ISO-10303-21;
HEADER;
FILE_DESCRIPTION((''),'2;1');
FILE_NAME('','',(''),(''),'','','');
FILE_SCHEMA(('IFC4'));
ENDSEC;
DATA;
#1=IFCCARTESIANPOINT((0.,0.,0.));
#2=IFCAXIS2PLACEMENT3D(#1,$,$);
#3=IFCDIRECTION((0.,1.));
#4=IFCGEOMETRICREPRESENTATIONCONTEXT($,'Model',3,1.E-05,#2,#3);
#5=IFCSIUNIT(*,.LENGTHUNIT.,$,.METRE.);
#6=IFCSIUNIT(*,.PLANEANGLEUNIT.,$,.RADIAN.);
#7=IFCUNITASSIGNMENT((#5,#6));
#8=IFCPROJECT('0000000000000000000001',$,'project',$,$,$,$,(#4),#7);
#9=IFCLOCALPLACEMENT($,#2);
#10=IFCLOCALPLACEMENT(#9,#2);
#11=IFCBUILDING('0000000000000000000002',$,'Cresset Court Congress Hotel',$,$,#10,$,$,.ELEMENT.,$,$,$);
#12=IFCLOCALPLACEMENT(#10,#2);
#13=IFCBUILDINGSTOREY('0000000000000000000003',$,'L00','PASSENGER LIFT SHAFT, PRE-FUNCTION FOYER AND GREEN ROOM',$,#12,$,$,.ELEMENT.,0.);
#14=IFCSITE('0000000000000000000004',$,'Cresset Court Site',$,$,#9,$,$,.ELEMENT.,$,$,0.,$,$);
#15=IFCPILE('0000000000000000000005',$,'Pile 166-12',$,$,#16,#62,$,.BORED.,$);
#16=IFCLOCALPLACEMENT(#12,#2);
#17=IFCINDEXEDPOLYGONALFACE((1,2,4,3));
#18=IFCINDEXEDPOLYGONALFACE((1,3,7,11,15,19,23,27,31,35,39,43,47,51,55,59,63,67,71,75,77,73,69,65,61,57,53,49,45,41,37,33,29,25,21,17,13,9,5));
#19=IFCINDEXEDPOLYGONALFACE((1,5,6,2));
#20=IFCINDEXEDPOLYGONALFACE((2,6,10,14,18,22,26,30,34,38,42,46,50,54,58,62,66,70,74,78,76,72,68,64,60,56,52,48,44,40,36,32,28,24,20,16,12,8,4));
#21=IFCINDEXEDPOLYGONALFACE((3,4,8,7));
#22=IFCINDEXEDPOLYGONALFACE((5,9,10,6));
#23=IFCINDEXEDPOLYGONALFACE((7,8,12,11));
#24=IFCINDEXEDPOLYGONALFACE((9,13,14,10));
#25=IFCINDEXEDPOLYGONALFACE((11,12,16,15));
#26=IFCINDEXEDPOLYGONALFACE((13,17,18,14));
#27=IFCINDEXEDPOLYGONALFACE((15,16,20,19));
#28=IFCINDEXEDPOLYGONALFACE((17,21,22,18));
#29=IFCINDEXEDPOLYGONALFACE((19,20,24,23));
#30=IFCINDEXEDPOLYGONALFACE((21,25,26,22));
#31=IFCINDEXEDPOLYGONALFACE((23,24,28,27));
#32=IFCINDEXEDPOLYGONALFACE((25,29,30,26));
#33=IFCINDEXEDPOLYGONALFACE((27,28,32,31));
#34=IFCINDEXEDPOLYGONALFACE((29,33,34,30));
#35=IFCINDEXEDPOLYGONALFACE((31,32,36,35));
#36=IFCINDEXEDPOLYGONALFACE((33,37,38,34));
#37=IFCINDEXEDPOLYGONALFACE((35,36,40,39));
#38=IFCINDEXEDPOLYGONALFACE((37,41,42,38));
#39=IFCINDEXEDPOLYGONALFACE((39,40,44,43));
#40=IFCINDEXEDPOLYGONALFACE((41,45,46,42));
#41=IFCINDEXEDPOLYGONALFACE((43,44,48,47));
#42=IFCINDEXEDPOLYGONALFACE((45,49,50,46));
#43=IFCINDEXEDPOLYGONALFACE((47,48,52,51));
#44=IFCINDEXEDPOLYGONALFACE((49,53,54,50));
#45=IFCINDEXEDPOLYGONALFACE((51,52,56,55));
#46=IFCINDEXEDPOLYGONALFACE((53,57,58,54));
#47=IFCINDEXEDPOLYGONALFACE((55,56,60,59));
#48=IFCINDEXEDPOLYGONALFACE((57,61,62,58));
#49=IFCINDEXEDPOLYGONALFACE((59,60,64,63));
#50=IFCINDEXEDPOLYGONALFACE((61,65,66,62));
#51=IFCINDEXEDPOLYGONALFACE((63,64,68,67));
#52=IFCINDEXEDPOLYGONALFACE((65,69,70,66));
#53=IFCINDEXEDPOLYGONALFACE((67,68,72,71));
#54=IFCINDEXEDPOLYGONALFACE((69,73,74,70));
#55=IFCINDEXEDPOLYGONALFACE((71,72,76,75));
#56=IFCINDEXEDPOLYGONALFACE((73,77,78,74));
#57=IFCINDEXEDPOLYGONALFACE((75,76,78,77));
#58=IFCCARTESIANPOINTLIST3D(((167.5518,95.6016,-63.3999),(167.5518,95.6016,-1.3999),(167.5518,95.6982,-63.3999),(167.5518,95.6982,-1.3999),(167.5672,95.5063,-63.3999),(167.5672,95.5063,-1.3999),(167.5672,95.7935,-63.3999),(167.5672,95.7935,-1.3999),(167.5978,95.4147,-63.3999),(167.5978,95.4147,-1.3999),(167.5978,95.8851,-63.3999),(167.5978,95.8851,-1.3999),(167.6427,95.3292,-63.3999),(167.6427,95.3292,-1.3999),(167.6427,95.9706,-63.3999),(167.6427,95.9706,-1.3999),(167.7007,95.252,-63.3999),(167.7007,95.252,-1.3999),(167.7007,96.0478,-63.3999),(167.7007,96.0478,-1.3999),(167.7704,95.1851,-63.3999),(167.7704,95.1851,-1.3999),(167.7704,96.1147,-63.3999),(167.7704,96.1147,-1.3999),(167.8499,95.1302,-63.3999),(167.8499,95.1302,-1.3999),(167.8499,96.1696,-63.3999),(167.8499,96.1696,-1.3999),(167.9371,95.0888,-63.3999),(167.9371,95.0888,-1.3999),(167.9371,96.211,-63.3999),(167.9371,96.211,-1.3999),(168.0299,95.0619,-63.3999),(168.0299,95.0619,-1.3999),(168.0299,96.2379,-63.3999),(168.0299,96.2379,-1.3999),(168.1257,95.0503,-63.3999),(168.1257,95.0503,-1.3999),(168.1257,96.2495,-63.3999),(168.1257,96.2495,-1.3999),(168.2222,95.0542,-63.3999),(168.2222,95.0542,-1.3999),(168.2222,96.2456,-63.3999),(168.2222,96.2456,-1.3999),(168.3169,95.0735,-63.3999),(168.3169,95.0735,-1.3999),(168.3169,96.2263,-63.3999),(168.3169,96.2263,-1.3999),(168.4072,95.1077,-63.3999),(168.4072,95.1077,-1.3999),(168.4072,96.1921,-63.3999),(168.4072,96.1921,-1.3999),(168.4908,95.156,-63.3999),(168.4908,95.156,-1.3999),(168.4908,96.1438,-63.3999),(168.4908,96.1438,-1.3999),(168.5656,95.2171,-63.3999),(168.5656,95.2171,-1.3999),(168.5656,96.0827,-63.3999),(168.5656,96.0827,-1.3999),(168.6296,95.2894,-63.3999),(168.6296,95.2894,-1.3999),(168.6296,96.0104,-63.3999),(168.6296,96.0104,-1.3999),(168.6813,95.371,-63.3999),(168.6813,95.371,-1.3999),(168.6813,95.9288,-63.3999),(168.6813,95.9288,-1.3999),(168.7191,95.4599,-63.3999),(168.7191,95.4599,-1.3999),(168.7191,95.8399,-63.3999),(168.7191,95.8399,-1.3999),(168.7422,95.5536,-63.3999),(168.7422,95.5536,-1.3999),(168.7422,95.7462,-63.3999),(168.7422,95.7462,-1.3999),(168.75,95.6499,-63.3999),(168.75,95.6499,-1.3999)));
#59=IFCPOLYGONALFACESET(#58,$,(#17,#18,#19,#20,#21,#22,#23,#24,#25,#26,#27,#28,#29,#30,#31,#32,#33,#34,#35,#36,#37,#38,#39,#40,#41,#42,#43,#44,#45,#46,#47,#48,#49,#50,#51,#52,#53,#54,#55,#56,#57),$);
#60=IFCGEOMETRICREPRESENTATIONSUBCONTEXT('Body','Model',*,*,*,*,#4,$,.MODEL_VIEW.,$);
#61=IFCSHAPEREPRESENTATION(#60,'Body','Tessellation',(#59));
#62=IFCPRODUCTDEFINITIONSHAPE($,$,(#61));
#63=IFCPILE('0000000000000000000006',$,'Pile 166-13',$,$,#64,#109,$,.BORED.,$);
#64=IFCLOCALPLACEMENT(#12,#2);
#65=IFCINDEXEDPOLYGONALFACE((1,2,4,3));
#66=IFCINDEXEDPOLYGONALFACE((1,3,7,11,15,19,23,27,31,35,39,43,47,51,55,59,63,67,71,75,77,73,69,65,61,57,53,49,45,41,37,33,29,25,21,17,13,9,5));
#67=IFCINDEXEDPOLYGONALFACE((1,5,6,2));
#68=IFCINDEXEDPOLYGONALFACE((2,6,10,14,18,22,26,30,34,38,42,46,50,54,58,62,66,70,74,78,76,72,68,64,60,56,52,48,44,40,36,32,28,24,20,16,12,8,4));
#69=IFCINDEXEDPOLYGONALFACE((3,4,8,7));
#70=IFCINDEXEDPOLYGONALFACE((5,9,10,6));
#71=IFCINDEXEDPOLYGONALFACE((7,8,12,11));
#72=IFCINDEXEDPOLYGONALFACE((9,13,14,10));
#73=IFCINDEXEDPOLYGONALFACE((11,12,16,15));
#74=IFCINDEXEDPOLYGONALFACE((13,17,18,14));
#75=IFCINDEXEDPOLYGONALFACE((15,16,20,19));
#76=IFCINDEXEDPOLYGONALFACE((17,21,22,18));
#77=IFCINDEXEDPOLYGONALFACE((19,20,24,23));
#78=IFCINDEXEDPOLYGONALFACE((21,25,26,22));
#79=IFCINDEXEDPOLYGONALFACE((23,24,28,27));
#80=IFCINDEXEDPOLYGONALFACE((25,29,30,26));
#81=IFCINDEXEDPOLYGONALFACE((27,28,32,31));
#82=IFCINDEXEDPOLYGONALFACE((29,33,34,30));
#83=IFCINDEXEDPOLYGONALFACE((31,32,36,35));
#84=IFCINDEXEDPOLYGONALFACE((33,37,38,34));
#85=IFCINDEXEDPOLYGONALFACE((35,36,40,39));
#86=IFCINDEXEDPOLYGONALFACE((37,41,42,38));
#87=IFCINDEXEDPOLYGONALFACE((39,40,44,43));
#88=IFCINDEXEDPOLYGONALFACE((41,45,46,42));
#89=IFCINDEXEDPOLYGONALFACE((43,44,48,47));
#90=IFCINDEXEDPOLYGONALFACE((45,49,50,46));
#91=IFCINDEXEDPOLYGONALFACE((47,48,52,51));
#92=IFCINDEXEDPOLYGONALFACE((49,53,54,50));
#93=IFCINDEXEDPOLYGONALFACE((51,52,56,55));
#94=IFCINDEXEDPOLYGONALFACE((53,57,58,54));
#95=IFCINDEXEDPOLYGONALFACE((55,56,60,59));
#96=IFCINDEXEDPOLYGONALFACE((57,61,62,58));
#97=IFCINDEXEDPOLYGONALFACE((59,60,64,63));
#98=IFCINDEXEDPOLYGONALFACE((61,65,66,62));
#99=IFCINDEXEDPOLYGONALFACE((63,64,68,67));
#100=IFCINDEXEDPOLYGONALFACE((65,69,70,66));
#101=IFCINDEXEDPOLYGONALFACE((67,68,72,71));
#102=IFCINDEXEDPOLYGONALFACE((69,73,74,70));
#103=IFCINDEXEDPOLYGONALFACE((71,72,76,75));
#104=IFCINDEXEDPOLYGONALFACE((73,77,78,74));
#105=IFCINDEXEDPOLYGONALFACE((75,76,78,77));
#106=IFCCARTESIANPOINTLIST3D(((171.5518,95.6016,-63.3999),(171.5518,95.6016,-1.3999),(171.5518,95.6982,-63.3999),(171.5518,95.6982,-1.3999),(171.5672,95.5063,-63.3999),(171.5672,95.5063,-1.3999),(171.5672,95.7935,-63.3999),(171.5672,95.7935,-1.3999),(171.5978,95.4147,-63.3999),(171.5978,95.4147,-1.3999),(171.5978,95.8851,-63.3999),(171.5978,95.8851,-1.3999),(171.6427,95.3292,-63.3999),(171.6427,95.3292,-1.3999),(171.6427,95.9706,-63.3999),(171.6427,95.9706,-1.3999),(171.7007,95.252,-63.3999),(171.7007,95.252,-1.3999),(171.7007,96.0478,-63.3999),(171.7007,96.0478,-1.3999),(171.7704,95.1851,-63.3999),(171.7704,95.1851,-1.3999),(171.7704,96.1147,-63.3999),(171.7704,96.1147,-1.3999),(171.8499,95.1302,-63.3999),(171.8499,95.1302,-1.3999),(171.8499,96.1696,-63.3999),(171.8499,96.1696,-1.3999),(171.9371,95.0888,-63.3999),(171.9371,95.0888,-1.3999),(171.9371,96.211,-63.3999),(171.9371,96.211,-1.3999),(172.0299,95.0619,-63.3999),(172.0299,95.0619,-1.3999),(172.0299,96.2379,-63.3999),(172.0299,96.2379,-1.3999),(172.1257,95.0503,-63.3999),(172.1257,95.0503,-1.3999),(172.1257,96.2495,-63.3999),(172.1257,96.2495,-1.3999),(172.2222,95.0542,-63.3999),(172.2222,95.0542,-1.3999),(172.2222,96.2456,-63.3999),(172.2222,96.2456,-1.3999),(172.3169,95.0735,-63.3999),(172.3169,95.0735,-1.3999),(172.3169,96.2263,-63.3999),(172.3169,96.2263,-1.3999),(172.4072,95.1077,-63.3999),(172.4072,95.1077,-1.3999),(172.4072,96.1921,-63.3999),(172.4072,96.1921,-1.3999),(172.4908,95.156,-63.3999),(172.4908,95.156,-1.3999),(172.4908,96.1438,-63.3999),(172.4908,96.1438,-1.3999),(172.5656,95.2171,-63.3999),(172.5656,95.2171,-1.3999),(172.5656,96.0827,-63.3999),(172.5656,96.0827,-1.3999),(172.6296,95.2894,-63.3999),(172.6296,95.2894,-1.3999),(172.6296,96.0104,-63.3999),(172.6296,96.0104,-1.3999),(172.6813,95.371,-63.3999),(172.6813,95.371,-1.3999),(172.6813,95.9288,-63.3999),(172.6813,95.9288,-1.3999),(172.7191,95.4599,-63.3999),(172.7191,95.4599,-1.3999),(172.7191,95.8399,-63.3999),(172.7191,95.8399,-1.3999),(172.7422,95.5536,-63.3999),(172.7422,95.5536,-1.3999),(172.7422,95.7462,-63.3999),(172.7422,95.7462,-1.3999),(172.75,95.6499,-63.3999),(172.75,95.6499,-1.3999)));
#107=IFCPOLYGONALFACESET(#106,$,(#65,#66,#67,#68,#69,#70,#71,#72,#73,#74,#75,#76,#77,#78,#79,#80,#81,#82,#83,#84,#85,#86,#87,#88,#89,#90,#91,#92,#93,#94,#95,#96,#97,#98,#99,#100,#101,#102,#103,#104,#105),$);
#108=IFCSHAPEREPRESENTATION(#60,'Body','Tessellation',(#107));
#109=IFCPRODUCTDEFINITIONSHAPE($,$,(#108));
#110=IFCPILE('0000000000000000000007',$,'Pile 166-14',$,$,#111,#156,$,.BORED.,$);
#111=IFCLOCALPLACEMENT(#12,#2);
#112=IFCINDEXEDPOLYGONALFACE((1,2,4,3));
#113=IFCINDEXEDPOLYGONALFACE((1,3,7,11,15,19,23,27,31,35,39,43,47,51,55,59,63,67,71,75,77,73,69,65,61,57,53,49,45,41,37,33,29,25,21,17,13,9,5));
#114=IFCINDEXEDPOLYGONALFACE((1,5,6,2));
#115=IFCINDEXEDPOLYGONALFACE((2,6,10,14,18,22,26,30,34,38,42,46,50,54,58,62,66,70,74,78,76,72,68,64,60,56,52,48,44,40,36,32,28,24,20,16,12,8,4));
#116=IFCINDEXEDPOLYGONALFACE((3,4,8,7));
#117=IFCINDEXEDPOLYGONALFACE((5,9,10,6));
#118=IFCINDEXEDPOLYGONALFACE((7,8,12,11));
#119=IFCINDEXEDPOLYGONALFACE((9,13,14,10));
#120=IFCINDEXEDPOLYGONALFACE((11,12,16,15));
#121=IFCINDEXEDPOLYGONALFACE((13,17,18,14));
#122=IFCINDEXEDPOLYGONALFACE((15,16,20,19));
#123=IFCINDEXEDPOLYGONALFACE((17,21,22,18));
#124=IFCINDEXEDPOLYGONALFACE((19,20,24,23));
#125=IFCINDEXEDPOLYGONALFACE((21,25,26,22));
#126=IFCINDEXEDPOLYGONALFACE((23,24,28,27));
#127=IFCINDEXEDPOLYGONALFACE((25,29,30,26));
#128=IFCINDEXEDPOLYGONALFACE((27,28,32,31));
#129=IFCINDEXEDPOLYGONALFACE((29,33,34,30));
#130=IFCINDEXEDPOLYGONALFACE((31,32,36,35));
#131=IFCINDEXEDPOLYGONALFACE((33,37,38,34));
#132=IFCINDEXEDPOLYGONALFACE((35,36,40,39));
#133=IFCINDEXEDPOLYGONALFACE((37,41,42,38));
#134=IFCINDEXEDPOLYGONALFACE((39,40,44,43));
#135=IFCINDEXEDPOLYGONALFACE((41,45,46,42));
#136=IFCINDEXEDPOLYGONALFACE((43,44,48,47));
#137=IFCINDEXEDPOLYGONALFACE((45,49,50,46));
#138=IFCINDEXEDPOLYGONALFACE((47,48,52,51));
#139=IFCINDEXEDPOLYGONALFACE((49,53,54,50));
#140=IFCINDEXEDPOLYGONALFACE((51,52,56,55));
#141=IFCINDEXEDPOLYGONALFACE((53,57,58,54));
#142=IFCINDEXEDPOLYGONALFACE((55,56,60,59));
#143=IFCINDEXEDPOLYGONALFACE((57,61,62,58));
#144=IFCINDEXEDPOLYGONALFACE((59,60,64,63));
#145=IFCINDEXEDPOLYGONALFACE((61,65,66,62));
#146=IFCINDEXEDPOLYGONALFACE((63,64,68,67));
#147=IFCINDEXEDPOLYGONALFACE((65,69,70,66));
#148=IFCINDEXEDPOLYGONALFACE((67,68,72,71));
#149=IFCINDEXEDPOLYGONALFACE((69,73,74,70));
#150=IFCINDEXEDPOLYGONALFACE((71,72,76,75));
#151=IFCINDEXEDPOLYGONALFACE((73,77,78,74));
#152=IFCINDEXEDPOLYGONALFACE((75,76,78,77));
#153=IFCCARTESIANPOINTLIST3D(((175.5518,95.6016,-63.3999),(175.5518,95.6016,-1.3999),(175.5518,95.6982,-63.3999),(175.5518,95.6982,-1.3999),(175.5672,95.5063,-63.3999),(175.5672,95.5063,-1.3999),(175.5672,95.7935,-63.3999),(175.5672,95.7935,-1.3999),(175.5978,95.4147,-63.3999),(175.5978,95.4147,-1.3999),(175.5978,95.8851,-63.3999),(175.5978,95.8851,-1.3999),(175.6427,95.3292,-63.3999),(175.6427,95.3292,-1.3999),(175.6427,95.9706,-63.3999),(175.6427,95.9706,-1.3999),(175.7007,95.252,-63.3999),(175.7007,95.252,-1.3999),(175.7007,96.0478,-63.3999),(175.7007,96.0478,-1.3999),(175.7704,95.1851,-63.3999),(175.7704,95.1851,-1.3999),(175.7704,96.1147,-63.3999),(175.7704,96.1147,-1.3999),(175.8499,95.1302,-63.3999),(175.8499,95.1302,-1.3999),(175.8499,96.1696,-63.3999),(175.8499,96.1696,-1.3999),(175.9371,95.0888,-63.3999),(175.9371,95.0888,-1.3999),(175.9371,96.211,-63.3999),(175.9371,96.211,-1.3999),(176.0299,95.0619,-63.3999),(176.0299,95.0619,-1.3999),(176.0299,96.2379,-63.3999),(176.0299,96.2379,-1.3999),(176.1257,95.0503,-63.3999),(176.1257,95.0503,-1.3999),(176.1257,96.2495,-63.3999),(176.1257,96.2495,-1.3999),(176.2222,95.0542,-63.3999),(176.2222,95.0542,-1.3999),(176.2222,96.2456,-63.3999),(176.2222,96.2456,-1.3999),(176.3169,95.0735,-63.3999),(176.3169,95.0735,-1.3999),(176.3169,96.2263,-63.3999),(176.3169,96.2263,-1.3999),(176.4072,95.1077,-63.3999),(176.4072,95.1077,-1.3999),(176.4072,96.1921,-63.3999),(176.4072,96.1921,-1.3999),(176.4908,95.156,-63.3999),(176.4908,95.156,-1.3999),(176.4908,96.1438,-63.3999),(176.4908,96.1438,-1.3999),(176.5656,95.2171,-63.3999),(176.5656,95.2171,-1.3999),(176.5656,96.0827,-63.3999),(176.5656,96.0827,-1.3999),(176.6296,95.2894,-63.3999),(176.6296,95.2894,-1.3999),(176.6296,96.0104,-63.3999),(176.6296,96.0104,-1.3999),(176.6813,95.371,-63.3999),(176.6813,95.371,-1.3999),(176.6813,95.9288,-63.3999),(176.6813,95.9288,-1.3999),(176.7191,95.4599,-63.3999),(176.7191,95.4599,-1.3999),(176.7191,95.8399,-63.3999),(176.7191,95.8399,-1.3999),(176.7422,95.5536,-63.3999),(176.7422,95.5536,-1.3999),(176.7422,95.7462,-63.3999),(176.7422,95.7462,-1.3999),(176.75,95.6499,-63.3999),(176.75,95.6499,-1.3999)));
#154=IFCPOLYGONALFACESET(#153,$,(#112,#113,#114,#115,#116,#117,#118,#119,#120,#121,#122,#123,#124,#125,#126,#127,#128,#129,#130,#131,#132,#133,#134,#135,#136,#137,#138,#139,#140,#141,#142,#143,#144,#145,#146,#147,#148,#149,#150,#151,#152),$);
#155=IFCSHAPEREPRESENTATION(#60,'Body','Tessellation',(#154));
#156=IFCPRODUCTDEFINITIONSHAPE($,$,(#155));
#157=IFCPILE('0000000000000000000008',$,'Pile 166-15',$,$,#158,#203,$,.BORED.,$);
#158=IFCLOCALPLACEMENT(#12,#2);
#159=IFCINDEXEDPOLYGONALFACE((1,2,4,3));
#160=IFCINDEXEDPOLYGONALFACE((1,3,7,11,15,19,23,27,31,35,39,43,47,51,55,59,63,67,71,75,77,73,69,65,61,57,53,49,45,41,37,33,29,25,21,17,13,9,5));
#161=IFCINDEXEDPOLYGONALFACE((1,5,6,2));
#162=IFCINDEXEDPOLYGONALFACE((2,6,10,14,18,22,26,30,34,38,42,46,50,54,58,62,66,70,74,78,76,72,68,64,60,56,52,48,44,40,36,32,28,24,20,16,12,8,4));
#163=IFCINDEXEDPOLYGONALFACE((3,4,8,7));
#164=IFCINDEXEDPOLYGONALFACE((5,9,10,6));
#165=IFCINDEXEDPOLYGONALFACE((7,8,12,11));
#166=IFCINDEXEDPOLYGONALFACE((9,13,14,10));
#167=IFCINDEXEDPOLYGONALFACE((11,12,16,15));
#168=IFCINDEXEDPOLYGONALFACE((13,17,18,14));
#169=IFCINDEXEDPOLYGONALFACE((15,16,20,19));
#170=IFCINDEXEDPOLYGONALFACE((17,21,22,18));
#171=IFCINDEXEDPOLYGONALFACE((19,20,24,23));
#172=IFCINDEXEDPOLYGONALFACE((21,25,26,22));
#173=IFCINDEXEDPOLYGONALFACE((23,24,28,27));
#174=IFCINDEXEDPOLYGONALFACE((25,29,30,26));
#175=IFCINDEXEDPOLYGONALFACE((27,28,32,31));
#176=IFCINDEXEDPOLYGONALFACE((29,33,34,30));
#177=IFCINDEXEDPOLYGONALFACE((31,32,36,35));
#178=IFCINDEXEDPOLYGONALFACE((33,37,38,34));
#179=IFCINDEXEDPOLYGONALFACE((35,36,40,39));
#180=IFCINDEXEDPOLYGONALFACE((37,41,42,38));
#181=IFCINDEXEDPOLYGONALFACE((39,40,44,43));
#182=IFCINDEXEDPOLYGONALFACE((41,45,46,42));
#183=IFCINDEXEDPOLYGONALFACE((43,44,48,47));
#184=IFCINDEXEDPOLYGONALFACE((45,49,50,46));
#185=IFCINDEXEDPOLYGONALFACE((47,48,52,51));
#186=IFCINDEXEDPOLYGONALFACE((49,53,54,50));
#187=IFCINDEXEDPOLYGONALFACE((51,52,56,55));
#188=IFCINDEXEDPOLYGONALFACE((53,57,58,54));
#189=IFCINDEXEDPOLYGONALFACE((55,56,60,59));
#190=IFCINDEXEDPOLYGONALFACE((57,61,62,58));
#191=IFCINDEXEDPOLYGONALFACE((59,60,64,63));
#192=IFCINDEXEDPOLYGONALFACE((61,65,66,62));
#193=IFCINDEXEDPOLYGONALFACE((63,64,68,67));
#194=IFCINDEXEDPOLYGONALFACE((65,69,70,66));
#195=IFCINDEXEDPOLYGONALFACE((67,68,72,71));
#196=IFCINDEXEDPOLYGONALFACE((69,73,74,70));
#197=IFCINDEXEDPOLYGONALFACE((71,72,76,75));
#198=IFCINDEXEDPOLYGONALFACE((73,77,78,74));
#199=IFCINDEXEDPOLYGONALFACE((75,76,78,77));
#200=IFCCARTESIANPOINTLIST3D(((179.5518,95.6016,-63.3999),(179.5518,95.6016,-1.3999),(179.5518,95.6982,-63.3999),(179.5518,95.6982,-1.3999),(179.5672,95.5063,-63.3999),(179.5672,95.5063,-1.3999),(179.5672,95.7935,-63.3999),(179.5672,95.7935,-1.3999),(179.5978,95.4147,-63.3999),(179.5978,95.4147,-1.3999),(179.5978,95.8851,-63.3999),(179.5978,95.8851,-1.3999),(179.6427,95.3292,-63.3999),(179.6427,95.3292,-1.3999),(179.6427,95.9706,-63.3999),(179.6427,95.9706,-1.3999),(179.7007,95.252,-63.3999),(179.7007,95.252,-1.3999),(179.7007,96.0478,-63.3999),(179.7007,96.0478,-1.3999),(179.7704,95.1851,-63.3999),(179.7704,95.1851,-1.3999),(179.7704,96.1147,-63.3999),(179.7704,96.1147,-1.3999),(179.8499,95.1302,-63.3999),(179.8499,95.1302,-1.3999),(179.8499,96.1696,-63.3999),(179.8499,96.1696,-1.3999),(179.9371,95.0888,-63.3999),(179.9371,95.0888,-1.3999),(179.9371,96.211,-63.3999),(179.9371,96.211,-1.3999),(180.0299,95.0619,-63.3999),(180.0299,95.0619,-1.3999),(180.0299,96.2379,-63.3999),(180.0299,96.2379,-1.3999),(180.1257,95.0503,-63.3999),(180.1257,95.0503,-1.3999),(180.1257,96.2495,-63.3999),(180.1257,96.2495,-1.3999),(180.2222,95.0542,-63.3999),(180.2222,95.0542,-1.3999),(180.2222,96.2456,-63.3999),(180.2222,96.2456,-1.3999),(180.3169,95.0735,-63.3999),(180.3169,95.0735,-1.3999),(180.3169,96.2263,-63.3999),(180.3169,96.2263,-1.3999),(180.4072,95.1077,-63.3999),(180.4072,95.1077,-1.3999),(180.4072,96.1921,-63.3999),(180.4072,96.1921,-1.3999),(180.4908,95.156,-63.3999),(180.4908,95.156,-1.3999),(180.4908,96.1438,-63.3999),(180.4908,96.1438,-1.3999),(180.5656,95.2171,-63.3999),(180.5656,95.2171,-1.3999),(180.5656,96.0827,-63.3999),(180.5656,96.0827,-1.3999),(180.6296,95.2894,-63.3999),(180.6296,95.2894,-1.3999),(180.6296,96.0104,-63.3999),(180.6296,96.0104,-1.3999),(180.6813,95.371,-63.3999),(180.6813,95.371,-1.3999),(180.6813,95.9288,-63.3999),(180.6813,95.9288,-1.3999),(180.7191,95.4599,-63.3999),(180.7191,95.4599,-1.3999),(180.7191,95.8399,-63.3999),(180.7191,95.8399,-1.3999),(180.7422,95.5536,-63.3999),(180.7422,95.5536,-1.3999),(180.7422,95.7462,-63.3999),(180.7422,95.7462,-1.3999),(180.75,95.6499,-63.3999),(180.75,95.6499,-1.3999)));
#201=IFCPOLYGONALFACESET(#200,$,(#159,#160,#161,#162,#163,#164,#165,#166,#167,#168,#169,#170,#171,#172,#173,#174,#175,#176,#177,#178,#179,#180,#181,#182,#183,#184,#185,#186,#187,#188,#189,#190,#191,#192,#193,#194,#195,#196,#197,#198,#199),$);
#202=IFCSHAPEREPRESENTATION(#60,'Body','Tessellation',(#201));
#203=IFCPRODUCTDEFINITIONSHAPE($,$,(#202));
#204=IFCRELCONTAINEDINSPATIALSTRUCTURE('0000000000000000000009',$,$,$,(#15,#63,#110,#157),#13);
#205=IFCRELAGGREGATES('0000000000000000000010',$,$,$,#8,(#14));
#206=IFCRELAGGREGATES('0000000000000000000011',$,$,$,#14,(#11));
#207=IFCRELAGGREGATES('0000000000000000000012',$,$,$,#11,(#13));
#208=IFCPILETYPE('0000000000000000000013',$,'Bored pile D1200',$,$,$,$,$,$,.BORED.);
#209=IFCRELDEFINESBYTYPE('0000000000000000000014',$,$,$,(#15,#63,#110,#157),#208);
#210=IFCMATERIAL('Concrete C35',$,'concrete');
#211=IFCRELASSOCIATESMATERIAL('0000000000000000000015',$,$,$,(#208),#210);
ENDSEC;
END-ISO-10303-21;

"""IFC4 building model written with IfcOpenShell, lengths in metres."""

from ifc_helpers import new_model, si_unit, direction, frame, origin, origin_2d, place, context, subcontext, project, spatial, circle, extrude, material, type_object, element, save


model = new_model("IFC4")

# Units and contexts
model_context = context("Model", 3, precision=1e-05, world=origin(), true_north=direction((0.0, 1.0)))
body_context = subcontext(model_context, "Body", "Model", "MODEL_VIEW")
ifc_project = project(units=[si_unit("LENGTHUNIT", "METRE"), si_unit("PLANEANGLEUNIT", "RADIAN")], contexts=[model_context])

# Site, building, storey
site_placement = place(None, origin())
site = spatial("IfcSite", under=ifc_project, at=site_placement, Name="Cresset Court Site", CompositionType="ELEMENT", RefElevation=0.0)
building_placement = place(site_placement, origin())
building = spatial("IfcBuilding", under=site, at=building_placement, Name="Cresset Court Congress Hotel", CompositionType="ELEMENT")
storey_placement = place(building_placement, origin())
storey = spatial("IfcBuildingStorey", under=building, at=storey_placement, Name="L00", Description="PASSENGER LIFT SHAFT, PRE-FUNCTION FOYER AND GREEN ROOM", CompositionType="ELEMENT", Elevation=0.0)

# Piles
ifc_material_1 = material(Name="Concrete C35", Category="concrete")
pile_type_1 = type_object("IfcPileType", Name="Bored pile D1200", PredefinedType="BORED", material=ifc_material_1)
for number, where, z_axis, x_axis, name in (
    (1, (168.1499, 95.6499, -1.3999), (0.0, 0.0, -1.0), (1.0, 0.0, 0.0), "Pile 166-12"),
    (2, (172.1499, 95.6499, -1.3999), (0.0, 0.0, -1.0), (1.0, 0.0, 0.0), "Pile 166-13"),
    (3, (176.1499, 95.6499, -1.3999), (0.0, 0.0, -1.0), (1.0, 0.0, 0.0), "Pile 166-14"),
    (4, (180.1499, 95.6499, -1.3999), (0.0, 0.0, -1.0), (1.0, 0.0, 0.0), "Pile 166-15"),
):
    element("IfcPile", number, at=place(storey_placement, frame(where, z_axis=z_axis, x_axis=x_axis)), inside=storey, type_object=pile_type_1, Name=name, PredefinedType="BORED", context=body_context, shape_type="SweptSolid", body=[
        extrude(circle(Radius=0.6001, at=origin_2d()), origin(), (0.0, 0.0, 1.0), 62.0),
    ])

save(model, "model.ifc")
